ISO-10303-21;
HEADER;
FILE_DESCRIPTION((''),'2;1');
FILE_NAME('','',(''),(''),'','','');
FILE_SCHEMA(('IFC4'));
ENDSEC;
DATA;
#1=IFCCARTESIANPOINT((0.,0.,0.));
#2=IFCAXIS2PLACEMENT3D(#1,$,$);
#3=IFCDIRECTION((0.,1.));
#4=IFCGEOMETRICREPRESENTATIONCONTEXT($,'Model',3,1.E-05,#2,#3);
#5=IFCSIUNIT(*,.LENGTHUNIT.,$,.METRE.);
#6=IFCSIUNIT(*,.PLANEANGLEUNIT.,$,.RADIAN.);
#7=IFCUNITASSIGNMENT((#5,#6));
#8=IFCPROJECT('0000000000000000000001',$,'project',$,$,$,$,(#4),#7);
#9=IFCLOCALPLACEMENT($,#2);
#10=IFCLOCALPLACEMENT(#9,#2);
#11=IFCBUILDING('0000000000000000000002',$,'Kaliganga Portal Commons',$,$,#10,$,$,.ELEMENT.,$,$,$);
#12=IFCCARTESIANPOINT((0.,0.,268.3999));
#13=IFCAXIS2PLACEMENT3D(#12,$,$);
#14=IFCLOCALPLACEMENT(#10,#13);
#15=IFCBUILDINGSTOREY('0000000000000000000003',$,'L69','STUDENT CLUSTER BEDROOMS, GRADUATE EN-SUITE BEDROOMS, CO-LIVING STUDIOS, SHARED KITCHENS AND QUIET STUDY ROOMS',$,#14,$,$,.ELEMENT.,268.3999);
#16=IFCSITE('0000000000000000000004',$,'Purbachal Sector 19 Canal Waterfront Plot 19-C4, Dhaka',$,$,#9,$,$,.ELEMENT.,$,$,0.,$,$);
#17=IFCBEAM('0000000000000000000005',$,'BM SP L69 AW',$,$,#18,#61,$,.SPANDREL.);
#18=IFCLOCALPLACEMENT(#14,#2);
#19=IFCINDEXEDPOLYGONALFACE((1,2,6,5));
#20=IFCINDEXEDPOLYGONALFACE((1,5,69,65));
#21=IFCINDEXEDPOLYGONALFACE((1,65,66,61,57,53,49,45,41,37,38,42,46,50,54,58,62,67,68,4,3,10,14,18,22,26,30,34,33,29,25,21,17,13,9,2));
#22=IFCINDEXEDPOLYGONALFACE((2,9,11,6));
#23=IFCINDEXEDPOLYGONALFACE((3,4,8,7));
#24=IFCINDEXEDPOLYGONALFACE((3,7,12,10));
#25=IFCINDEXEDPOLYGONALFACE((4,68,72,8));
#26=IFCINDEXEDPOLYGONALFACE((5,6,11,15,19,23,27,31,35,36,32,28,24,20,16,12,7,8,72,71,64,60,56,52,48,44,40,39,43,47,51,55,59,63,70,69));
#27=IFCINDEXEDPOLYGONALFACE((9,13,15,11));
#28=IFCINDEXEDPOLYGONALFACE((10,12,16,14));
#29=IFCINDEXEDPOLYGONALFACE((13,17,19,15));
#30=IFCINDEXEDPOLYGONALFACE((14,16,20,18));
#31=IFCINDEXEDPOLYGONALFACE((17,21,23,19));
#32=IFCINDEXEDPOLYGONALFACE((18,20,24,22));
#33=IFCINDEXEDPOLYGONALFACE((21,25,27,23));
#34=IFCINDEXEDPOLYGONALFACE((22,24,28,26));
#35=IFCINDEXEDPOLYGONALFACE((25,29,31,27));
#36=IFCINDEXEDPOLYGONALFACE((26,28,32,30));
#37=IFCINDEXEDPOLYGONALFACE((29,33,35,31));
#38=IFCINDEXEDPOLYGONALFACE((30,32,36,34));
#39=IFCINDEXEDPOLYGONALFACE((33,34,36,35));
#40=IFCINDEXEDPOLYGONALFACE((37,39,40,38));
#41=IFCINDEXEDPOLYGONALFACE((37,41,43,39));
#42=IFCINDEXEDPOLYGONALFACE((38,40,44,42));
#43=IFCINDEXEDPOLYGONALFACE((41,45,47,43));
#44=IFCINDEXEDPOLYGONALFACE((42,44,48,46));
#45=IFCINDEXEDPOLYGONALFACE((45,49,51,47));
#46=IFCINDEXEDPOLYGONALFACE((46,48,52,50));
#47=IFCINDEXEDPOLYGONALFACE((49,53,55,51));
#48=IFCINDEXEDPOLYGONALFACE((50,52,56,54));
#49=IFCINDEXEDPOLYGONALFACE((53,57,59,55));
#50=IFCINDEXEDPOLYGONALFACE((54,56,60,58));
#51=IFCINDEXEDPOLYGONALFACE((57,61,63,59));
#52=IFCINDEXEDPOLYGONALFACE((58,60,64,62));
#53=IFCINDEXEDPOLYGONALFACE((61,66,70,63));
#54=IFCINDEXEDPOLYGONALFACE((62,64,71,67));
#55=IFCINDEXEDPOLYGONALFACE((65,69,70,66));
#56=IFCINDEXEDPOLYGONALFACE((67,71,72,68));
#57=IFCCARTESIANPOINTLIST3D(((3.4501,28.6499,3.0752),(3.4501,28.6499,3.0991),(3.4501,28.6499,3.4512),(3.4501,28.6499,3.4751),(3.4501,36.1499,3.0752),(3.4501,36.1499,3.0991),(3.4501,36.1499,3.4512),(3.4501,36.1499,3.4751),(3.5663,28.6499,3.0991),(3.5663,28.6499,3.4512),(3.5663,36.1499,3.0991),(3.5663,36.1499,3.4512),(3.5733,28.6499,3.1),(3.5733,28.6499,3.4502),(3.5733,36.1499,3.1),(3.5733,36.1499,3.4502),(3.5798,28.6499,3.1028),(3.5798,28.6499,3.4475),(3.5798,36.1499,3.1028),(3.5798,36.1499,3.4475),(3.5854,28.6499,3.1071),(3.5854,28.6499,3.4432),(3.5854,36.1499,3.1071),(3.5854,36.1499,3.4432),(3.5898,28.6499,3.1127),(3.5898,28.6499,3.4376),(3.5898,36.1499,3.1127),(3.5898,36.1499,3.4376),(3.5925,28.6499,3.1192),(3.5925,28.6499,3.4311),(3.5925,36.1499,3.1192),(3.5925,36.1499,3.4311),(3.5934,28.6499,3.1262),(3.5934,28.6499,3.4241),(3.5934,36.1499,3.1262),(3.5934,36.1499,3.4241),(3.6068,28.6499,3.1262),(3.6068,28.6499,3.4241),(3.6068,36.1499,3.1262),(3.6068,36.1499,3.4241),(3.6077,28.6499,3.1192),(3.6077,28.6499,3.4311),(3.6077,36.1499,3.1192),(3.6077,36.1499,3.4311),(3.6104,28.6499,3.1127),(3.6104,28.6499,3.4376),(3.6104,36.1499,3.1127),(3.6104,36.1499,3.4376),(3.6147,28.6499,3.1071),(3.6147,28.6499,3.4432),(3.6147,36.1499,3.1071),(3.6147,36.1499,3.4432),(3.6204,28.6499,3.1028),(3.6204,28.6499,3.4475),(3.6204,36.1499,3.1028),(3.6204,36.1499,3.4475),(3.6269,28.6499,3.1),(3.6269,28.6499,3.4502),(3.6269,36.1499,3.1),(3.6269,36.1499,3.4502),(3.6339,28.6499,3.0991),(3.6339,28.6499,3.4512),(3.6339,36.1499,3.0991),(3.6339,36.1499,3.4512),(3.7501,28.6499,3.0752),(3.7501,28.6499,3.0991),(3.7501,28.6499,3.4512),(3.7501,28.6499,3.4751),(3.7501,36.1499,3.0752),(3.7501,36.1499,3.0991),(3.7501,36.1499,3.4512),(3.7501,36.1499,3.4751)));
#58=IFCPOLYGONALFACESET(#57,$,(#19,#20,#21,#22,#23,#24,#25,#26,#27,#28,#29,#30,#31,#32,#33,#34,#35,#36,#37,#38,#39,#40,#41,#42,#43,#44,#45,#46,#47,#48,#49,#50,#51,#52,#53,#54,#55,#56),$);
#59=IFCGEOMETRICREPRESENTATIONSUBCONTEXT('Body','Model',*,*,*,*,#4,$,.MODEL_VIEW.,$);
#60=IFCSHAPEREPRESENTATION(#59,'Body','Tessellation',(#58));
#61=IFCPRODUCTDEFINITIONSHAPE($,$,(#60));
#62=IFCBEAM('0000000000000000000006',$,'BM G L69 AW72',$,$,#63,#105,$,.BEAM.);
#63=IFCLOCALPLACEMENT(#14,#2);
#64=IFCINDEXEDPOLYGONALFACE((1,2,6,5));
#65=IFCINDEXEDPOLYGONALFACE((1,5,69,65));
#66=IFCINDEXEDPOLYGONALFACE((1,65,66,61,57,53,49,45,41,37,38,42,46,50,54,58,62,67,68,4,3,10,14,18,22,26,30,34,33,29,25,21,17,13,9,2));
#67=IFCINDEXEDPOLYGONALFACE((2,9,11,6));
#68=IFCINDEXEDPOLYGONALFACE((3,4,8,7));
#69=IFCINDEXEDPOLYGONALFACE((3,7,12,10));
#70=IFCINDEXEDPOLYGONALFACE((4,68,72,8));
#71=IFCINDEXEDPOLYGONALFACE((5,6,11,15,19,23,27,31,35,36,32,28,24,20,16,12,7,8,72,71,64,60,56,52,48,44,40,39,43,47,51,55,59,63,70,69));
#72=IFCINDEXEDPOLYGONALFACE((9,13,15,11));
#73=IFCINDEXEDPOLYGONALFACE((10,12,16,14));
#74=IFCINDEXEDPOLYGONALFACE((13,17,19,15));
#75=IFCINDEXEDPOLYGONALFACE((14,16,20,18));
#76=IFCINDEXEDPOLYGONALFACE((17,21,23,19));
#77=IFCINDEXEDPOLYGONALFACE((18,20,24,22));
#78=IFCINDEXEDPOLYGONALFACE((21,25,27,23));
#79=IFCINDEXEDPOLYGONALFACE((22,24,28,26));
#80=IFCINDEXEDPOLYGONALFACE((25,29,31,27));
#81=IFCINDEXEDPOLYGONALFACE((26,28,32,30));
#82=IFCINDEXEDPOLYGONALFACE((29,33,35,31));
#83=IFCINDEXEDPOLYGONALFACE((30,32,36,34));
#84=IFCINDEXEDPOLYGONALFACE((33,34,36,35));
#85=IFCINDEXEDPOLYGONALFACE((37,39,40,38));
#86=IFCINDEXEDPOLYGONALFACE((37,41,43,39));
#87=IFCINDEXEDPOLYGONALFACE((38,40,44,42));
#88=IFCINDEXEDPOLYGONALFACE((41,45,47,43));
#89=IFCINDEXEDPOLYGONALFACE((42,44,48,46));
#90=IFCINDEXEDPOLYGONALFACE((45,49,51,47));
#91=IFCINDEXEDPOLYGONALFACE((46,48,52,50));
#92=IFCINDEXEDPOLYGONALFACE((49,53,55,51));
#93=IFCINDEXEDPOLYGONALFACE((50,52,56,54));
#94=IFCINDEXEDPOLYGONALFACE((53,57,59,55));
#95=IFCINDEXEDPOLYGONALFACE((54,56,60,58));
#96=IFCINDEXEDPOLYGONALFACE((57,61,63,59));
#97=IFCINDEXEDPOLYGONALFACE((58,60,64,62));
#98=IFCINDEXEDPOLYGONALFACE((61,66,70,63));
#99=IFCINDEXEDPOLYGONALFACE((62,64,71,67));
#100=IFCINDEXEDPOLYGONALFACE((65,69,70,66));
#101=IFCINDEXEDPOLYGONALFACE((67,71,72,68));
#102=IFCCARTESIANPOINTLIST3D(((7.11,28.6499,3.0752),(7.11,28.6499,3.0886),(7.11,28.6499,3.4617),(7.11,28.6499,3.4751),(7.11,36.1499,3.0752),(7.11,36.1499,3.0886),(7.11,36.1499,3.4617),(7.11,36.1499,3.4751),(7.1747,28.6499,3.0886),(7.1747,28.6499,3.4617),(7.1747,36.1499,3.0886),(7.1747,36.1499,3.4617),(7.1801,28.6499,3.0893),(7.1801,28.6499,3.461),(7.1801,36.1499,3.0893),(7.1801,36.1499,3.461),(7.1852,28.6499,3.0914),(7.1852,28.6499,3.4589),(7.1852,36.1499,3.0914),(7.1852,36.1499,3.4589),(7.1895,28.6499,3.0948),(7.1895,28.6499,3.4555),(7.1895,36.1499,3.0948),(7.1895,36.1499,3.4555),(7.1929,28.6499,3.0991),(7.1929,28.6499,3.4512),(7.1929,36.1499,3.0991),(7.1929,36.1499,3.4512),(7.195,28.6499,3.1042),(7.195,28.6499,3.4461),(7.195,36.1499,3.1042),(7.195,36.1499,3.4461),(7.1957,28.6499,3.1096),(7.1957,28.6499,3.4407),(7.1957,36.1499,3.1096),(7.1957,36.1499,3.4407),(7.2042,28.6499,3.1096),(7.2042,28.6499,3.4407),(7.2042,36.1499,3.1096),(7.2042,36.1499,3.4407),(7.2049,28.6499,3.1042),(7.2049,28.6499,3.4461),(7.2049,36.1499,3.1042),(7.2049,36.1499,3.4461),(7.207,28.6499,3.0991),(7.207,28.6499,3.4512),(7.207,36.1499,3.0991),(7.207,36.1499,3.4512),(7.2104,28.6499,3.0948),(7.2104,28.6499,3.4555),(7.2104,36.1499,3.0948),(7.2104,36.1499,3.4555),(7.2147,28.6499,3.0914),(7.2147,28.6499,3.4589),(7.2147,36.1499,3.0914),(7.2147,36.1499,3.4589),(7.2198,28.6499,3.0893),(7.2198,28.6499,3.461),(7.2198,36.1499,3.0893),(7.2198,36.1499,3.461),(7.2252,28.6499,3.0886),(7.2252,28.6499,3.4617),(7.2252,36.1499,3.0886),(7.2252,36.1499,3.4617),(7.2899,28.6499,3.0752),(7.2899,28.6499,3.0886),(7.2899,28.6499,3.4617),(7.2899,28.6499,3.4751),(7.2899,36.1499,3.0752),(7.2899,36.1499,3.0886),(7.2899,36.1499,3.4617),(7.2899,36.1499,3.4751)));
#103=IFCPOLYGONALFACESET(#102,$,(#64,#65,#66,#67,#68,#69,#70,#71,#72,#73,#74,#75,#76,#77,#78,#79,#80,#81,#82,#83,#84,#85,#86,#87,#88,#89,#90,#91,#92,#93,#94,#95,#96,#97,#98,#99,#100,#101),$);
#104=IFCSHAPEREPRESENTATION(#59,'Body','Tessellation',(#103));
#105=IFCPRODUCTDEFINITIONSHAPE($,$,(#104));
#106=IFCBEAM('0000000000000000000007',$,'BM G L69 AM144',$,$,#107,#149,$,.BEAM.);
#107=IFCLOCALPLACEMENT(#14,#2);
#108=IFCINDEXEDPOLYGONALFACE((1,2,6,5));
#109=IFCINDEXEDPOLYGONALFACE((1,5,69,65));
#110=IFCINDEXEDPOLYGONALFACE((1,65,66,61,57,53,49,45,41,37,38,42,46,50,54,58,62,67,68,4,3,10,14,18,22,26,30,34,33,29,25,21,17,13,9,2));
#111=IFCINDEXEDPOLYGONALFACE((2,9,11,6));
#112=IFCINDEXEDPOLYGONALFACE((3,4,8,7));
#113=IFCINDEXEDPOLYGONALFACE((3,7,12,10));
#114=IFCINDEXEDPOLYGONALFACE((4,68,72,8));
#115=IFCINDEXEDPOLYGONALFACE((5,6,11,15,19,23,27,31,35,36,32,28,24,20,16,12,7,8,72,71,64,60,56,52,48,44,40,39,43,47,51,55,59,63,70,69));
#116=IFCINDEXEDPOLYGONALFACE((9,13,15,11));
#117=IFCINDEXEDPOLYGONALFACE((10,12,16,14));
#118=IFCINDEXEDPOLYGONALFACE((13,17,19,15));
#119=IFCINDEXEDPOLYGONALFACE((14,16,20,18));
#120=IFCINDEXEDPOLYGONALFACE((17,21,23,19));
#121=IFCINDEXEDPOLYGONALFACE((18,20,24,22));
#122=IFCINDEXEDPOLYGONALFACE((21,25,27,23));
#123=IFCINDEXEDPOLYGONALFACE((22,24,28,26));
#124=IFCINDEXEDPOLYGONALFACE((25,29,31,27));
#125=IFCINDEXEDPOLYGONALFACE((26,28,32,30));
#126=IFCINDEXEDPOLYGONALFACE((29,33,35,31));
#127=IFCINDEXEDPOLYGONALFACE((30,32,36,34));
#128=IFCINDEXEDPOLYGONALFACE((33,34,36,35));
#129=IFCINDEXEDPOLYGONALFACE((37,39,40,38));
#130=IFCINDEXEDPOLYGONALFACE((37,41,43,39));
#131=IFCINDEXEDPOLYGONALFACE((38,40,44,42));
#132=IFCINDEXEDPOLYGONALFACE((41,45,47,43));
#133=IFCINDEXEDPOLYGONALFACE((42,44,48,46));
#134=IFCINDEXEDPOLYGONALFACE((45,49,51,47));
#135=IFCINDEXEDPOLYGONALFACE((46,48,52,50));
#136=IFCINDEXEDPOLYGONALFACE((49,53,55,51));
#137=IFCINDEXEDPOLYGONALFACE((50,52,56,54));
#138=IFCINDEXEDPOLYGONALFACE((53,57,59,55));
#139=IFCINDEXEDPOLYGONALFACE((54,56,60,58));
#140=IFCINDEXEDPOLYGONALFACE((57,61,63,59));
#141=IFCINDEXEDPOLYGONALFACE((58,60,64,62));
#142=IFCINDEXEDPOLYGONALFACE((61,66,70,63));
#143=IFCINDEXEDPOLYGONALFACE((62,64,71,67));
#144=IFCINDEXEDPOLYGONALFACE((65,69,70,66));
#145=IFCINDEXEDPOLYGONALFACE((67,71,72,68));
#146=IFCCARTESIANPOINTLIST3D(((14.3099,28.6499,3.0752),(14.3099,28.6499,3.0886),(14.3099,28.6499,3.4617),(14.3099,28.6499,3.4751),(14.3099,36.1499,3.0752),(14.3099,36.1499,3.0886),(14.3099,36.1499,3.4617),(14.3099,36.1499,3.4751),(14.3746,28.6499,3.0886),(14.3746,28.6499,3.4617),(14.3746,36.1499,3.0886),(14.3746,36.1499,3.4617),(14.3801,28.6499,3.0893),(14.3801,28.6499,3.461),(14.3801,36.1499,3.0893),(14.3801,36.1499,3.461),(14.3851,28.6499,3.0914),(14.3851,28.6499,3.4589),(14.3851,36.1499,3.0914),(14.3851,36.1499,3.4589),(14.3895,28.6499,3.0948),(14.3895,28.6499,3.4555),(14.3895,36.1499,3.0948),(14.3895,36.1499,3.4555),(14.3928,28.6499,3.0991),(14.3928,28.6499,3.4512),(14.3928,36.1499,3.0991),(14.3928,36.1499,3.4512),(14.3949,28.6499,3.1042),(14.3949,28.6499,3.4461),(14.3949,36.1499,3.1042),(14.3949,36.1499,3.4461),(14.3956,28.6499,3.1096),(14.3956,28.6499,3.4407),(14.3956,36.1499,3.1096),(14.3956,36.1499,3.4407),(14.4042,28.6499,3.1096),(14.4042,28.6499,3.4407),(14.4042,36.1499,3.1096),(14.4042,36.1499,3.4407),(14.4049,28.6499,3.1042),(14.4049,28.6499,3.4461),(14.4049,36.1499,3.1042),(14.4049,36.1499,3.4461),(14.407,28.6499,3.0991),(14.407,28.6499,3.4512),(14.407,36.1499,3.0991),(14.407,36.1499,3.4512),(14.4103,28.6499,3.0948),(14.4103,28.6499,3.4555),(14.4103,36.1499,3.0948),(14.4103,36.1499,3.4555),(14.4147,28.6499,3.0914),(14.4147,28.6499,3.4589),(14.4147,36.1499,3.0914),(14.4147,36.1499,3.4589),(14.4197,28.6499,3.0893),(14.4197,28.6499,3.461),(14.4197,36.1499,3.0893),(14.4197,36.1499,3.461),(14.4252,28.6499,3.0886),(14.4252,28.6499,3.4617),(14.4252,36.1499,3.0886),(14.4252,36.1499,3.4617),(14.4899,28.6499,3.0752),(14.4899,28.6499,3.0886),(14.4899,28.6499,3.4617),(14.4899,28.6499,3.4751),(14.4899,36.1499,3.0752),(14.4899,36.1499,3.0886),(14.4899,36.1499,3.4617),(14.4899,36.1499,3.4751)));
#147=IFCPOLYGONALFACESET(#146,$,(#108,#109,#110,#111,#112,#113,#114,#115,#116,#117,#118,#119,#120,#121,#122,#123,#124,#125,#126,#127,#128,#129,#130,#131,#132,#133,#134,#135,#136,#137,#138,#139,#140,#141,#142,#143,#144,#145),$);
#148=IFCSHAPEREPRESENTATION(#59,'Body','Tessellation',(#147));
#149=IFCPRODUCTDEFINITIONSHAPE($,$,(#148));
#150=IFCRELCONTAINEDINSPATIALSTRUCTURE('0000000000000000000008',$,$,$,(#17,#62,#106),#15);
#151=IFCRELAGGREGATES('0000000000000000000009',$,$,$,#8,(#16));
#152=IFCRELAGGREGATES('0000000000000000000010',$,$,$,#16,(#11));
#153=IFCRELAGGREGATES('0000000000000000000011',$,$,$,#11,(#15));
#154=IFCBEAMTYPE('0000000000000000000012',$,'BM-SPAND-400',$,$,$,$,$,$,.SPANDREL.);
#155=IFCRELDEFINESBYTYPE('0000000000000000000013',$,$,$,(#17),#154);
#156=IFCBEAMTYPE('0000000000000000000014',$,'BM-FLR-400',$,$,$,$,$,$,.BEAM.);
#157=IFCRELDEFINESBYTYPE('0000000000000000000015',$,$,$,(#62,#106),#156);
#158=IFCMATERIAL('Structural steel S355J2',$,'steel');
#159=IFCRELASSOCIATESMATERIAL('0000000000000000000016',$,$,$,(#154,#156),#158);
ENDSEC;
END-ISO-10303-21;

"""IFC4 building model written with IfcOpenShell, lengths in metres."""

from ifc_helpers import new_model, si_unit, direction, frame, origin, origin_2d, place, context, subcontext, project, spatial, i_section, extrude, source, transform, mapped, material, material_profile, profile_set, type_object, element, save


model = new_model("IFC4")

# Units and contexts
model_context = context("Model", 3, precision=1e-05, world=origin(), true_north=direction((0.0, 1.0)))
body_context = subcontext(model_context, "Body", "Model", "MODEL_VIEW")
ifc_project = project(units=[si_unit("LENGTHUNIT", "METRE"), si_unit("PLANEANGLEUNIT", "RADIAN")], contexts=[model_context])

# Site, building, storey
site_placement = place(None, origin())
site = spatial("IfcSite", under=ifc_project, at=site_placement, Name="Purbachal Sector 19 Canal Waterfront Plot 19-C4, Dhaka", CompositionType="ELEMENT", RefElevation=0.0)
building_placement = place(site_placement, origin())
building = spatial("IfcBuilding", under=site, at=building_placement, Name="Kaliganga Portal Commons", CompositionType="ELEMENT")
storey_placement = place(building_placement, frame((0.0, 0.0, 268.3999)))
storey = spatial("IfcBuildingStorey", under=building, at=storey_placement, Name="L69", Description="STUDENT CLUSTER BEDROOMS, GRADUATE EN-SUITE BEDROOMS, CO-LIVING STUDIOS, SHARED KITCHENS AND QUIET STUDY ROOMS", CompositionType="ELEMENT", Elevation=268.3999)

# Shared definitions
ifc_material_1 = material(Name="Structural steel S355J2", Category="steel")

# Beams
ifc_material_profile_1 = material_profile(ifc_material_1, i_section(OverallWidth=0.3, OverallDepth=0.3999, WebThickness=0.0134, FlangeThickness=0.0239, FilletRadius=0.0271, at=origin_2d()), Name="HE 400 B")
ifc_profile_set_1 = profile_set([ifc_material_profile_1], Name="Structural steel S355J2 wide-flange")
beam_type_1 = type_object("IfcBeamType", Name="BM-SPAND-400", PredefinedType="SPANDREL", material=ifc_profile_set_1)
shared_shape_1 = source(origin(), body_context, "Body", "SweptSolid", [
    extrude(i_section(OverallWidth=0.3, OverallDepth=0.3999, WebThickness=0.0134, FlangeThickness=0.0239, FilletRadius=0.0271, at=origin_2d()), origin(), (0.0, 0.0, 1.0), 7.5),
])
beam_1_placement = place(storey_placement, frame((3.6001, 28.6499, 3.2751), z_axis=(0.0, 1.0, 0.0), x_axis=(-1.0, 0.0, 0.0)))
element("IfcBeam", 1, at=beam_1_placement, inside=storey, type_object=beam_type_1, Name="BM SP L69 AW", PredefinedType="SPANDREL", context=body_context, shape_type="MappedRepresentation", body=[
    mapped(shared_shape_1, transform((0.0, 0.0, 0.0), x_axis=(1.0, 0.0, 0.0), y_axis=(0.0, 1.0, 0.0), z_axis=(0.0, 0.0, 1.0), scale=1.0)),
])
ifc_material_profile_2 = material_profile(ifc_material_1, i_section(OverallWidth=0.1799, OverallDepth=0.3999, WebThickness=0.0085, FlangeThickness=0.0134, FilletRadius=0.021, at=origin_2d()), Name="IPE 400")
ifc_profile_set_2 = profile_set([ifc_material_profile_2], Name="Structural steel S355J2 wide-flange")
beam_type_2 = type_object("IfcBeamType", Name="BM-FLR-400", PredefinedType="BEAM", material=ifc_profile_set_2)
shared_shape_2 = source(origin(), body_context, "Body", "SweptSolid", [
    extrude(i_section(OverallWidth=0.1799, OverallDepth=0.3999, WebThickness=0.0085, FlangeThickness=0.0134, FilletRadius=0.021, at=origin_2d()), origin(), (0.0, 0.0, 1.0), 7.5),
])
for number, where, z_axis, x_axis, name in (
    (2, (7.2, 28.6499, 3.2751), (0.0, 1.0, 0.0), (-1.0, 0.0, 0.0), "BM G L69 AW72"),
    (3, (14.3999, 28.6499, 3.2751), (0.0, 1.0, 0.0), (-1.0, 0.0, 0.0), "BM G L69 AM144"),
):
    element("IfcBeam", number, at=place(storey_placement, frame(where, z_axis=z_axis, x_axis=x_axis)), inside=storey, type_object=beam_type_2, Name=name, PredefinedType="BEAM", context=body_context, shape_type="MappedRepresentation", body=[
        mapped(shared_shape_2, transform((0.0, 0.0, 0.0), x_axis=(1.0, 0.0, 0.0), y_axis=(0.0, 1.0, 0.0), z_axis=(0.0, 0.0, 1.0), scale=1.0)),
    ])

save(model, "model.ifc")
